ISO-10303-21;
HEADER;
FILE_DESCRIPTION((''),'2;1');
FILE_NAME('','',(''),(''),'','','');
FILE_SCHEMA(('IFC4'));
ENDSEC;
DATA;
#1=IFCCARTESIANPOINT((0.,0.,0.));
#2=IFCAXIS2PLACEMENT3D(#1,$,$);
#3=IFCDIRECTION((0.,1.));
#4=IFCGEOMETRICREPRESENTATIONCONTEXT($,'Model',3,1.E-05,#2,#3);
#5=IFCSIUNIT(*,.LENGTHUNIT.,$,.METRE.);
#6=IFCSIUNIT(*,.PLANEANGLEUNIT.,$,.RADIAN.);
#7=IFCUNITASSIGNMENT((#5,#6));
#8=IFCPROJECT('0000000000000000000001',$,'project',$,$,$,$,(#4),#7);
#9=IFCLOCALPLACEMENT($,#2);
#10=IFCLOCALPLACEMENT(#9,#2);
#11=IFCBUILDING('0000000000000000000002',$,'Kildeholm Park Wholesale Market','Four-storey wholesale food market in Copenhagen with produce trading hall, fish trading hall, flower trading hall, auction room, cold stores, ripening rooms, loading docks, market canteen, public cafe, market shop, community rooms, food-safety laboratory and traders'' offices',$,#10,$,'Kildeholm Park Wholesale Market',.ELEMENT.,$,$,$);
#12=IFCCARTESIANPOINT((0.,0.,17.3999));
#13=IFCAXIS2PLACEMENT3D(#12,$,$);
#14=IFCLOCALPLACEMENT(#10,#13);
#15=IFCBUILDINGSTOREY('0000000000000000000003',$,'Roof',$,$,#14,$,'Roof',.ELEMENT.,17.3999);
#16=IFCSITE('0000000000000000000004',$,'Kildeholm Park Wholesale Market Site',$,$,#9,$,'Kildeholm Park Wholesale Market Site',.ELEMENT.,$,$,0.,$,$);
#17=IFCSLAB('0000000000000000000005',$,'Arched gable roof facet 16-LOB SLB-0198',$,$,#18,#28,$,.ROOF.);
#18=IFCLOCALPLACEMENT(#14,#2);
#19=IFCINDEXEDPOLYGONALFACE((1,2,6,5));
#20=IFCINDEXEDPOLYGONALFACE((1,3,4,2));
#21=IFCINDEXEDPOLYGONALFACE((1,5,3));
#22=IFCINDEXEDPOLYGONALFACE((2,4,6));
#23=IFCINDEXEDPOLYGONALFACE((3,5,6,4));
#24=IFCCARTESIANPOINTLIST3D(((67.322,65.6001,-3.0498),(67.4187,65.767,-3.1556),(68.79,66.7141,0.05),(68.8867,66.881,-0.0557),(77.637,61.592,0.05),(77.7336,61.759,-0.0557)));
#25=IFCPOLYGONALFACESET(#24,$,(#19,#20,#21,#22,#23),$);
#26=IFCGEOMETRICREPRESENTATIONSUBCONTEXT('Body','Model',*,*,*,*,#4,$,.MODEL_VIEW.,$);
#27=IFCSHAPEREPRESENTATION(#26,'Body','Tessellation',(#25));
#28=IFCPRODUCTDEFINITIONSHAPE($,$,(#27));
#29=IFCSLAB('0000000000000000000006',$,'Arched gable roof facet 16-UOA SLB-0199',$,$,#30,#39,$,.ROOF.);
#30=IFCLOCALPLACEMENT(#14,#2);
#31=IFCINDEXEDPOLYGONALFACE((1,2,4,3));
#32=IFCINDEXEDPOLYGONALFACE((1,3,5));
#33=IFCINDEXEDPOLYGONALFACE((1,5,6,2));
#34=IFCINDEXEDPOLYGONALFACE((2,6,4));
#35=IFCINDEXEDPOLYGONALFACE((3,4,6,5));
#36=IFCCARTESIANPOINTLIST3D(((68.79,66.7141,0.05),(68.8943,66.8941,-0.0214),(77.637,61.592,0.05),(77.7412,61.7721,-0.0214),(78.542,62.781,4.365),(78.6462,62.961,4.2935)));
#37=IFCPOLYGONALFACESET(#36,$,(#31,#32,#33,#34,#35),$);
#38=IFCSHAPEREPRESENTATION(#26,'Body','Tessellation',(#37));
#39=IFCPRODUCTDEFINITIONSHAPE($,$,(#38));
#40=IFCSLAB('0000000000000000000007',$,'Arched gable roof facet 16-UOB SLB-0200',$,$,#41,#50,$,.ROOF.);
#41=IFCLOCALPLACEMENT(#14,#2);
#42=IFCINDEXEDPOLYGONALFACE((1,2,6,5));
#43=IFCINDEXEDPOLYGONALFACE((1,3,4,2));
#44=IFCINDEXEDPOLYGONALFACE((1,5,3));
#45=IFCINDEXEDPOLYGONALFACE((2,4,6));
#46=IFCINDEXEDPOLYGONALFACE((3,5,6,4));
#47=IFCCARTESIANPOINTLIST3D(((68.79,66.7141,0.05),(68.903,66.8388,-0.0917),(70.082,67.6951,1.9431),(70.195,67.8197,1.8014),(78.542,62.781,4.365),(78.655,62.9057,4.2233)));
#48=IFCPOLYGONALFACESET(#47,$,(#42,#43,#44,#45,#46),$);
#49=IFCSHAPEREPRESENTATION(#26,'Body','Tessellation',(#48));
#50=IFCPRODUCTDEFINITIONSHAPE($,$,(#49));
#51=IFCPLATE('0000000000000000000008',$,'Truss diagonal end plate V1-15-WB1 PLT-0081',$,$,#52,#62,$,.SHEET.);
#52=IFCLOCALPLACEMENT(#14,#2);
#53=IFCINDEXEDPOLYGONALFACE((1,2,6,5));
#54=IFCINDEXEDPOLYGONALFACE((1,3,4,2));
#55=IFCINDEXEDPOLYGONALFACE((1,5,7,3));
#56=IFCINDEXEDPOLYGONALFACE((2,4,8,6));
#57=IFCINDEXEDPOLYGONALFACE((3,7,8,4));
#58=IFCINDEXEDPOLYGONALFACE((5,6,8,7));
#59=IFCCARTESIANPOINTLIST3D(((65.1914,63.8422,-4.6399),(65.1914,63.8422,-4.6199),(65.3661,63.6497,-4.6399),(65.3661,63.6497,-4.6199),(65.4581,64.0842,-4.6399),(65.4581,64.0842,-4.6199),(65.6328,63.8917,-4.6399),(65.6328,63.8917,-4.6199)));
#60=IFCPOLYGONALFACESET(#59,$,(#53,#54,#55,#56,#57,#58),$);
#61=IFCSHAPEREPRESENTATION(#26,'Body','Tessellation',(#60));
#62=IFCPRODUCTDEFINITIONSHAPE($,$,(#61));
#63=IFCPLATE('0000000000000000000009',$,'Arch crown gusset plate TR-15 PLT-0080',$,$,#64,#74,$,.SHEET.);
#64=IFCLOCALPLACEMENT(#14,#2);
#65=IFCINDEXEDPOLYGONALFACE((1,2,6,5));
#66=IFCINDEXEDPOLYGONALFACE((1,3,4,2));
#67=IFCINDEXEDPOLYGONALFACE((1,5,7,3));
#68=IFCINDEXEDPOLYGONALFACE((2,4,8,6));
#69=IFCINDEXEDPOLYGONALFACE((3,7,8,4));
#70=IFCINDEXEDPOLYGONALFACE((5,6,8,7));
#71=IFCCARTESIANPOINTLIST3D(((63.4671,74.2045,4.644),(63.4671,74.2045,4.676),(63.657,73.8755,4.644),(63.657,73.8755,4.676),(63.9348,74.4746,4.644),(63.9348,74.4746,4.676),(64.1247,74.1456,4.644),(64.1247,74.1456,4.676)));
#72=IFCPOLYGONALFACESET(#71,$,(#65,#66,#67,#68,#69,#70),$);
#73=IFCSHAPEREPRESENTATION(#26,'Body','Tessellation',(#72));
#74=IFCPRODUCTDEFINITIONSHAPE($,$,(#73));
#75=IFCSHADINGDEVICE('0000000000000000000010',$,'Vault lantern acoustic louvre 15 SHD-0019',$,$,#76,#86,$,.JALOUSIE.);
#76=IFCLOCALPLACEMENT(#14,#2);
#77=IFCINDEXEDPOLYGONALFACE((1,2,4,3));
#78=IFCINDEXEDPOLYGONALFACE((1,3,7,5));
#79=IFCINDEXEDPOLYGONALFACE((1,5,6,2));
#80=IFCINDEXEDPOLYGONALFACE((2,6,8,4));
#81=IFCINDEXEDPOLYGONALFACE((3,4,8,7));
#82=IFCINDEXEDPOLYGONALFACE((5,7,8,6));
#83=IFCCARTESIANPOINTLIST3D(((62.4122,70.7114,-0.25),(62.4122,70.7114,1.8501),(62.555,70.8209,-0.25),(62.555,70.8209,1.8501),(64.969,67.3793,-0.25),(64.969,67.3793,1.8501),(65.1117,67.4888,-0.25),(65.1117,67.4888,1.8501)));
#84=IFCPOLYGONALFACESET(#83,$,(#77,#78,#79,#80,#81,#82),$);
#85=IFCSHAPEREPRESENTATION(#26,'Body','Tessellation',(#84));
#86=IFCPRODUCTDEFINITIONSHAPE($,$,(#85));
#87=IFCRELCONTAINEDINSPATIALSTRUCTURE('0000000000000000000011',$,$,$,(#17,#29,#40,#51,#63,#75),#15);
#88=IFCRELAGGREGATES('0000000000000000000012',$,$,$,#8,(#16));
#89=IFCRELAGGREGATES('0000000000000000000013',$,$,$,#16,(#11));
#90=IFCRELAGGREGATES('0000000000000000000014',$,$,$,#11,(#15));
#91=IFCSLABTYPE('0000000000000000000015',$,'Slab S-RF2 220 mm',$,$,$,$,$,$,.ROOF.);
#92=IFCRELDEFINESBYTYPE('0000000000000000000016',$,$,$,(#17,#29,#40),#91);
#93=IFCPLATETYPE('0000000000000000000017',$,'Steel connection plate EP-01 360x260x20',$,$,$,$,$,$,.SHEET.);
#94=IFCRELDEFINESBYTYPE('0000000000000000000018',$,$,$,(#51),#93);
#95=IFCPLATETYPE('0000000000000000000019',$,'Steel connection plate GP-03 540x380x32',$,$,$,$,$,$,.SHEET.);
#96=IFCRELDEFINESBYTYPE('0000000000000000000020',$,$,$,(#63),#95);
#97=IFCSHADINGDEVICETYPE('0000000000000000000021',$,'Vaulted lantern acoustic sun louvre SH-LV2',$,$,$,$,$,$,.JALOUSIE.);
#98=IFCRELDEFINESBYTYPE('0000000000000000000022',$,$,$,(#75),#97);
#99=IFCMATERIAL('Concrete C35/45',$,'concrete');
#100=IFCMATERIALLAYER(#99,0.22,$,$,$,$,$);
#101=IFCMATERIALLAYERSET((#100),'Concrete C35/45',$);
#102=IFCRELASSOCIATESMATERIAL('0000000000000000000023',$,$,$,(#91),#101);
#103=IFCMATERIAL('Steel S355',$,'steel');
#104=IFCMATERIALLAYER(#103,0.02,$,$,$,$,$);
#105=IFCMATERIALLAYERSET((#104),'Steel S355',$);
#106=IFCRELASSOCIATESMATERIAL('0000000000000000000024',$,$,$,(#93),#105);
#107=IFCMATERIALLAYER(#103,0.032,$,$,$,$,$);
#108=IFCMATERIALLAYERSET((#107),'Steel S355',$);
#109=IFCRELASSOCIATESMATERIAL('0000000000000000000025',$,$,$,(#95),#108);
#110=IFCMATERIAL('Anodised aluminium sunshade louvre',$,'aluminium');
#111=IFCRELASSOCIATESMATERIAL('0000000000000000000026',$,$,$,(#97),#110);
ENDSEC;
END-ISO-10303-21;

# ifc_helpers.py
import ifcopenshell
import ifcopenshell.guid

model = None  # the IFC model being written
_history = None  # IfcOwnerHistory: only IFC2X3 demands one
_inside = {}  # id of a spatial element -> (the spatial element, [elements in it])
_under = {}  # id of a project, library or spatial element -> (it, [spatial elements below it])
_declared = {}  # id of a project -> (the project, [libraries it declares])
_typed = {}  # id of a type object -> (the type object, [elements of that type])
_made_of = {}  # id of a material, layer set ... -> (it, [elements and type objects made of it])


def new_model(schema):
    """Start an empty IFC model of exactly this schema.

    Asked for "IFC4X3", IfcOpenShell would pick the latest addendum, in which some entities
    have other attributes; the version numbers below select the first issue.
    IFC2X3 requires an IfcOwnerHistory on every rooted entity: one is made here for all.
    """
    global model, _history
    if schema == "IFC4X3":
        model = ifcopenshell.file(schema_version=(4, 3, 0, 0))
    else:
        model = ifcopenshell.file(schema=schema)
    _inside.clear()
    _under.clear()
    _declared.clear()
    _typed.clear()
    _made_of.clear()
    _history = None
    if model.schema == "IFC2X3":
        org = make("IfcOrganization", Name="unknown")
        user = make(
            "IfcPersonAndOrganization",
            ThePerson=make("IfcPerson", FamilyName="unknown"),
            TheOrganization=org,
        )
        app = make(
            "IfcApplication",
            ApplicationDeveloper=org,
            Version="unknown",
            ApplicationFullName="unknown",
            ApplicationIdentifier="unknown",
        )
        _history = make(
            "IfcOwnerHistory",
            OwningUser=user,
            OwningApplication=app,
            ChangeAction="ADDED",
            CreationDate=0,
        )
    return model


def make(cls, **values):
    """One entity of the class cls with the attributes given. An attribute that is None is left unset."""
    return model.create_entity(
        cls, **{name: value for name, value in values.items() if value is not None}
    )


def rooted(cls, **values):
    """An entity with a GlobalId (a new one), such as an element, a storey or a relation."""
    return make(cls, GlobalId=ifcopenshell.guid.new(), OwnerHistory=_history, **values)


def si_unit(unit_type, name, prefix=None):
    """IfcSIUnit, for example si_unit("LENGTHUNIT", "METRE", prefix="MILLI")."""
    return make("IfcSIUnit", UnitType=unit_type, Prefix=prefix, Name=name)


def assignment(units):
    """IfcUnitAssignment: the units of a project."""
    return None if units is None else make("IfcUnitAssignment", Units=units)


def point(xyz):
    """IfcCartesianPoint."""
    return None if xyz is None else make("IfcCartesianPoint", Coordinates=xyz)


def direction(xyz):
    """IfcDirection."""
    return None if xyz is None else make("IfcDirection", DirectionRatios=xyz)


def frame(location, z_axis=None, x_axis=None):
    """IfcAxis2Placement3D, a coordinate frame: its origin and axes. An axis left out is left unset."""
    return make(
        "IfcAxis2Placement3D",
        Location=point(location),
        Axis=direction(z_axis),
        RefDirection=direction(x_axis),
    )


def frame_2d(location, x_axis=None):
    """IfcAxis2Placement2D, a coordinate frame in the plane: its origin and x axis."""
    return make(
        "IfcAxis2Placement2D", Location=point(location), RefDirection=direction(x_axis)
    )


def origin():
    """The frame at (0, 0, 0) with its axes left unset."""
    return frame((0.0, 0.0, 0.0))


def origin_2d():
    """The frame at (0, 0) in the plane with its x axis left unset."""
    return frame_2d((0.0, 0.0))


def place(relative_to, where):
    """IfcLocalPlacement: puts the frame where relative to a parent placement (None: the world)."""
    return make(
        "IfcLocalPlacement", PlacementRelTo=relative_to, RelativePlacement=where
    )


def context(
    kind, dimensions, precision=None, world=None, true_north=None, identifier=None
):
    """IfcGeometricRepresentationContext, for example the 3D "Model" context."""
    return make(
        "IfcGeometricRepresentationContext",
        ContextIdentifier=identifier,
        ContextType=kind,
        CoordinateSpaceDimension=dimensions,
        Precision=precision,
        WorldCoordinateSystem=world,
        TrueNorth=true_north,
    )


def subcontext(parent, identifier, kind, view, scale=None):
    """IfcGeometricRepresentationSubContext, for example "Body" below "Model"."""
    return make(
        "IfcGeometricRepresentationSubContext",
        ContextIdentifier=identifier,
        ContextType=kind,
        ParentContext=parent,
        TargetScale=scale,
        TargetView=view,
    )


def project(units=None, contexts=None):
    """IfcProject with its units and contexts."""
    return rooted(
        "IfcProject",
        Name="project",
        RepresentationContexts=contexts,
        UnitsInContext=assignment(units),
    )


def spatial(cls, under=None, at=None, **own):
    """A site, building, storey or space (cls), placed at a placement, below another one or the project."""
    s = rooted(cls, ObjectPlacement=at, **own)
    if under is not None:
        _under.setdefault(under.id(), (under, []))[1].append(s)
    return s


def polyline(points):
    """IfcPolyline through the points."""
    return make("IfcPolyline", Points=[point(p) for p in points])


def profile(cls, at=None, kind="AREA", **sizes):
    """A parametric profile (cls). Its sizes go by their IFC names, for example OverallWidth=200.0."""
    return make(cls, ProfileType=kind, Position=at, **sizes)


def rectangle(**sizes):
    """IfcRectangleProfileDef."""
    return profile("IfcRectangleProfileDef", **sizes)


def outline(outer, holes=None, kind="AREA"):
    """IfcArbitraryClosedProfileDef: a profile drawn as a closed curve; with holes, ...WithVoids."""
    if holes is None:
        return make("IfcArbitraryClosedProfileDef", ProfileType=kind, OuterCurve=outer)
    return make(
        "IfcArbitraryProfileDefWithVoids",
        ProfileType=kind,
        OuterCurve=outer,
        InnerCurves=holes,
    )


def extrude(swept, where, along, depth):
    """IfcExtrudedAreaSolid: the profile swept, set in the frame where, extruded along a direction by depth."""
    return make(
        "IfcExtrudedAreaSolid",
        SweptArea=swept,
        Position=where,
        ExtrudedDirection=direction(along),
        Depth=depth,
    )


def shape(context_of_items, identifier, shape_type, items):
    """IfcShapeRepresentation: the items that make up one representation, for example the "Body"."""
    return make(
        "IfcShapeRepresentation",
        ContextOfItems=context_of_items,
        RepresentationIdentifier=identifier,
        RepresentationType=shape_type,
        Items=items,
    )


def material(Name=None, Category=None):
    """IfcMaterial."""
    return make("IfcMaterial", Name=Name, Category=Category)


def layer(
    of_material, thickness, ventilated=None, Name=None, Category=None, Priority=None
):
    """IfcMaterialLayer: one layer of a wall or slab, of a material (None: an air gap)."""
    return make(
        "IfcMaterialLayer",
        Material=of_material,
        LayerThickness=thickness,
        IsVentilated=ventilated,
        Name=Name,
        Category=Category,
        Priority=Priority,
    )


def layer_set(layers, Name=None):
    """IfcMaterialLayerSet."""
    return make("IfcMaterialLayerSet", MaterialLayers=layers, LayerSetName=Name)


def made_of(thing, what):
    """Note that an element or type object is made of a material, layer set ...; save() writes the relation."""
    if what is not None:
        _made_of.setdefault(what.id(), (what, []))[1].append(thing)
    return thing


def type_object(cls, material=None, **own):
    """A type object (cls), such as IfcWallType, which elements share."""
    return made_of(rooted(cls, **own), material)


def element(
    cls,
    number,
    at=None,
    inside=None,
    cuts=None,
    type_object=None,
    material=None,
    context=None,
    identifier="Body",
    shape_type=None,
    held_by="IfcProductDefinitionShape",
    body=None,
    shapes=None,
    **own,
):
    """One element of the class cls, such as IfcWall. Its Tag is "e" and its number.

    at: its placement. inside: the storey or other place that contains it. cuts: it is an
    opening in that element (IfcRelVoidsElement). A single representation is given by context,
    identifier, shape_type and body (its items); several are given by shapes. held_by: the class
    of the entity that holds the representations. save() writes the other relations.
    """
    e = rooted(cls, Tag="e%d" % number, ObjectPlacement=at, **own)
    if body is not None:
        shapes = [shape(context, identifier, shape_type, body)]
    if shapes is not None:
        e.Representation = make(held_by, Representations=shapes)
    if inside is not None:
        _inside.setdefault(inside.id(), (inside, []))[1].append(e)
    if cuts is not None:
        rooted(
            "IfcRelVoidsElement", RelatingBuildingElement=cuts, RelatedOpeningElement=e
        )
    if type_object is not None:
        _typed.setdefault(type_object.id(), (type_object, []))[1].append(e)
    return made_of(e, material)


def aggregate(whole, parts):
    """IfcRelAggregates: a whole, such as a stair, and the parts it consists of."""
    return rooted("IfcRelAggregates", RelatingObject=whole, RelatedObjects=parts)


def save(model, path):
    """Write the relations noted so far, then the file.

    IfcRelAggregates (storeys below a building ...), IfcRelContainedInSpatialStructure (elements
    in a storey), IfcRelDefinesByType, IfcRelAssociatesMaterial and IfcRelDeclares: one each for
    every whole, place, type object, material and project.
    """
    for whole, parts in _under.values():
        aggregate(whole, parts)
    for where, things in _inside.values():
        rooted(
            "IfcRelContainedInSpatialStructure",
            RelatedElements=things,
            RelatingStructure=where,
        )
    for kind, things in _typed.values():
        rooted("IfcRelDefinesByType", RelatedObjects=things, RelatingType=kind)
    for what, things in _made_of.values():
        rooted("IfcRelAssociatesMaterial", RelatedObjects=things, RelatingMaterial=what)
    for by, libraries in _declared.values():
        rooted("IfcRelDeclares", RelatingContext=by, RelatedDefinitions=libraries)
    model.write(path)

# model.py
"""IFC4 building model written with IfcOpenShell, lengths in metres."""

from ifc_helpers import new_model, si_unit, direction, frame, origin, origin_2d, place, context, subcontext, project, spatial, polyline, rectangle, outline, extrude, material, layer, layer_set, type_object, element, save


model = new_model("IFC4")

# Units and contexts
model_context = context("Model", 3, precision=1e-05, world=origin(), true_north=direction((0.0, 1.0)))
body_context = subcontext(model_context, "Body", "Model", "MODEL_VIEW")
ifc_project = project(units=[si_unit("LENGTHUNIT", "METRE"), si_unit("PLANEANGLEUNIT", "RADIAN")], contexts=[model_context])

# Site, building, storey
site_placement = place(None, origin())
site = spatial("IfcSite", under=ifc_project, at=site_placement, Name="Kildeholm Park Wholesale Market Site", LongName="Kildeholm Park Wholesale Market Site", CompositionType="ELEMENT", RefElevation=0.0)
building_placement = place(site_placement, origin())
building = spatial("IfcBuilding", under=site, at=building_placement, Name="Kildeholm Park Wholesale Market", Description="Four-storey wholesale food market in Copenhagen with produce trading hall, fish trading hall, flower trading hall, auction room, cold stores, ripening rooms, loading docks, market canteen, public cafe, market shop, community rooms, food-safety laboratory and traders' offices", LongName="Kildeholm Park Wholesale Market", CompositionType="ELEMENT")
storey_placement = place(building_placement, frame((0.0, 0.0, 17.3999)))
storey = spatial("IfcBuildingStorey", under=building, at=storey_placement, Name="Roof", LongName="Roof", CompositionType="ELEMENT", Elevation=17.3999)

# Shared definitions
ifc_material_1 = material(Name="Steel S355", Category="steel")

# Slabs
ifc_material_2 = material(Name="Concrete C35/45", Category="concrete")
ifc_layer_1 = layer(ifc_material_2, 0.22)
ifc_layer_set_1 = layer_set([ifc_layer_1], Name="Concrete C35/45")
slab_type = type_object("IfcSlabType", Name="Slab S-RF2 220 mm", PredefinedType="ROOF", material=ifc_layer_set_1)
slab_1_placement = place(storey_placement, frame((67.322, 65.6001, -3.0498), z_axis=(-0.439342, -0.758839, 0.480771), x_axis=(0.897557, -0.348762, 0.269734)))
element("IfcSlab", 1, at=slab_1_placement, inside=storey, type_object=slab_type, Name="Arched gable roof facet 16-LOB SLB-0198", PredefinedType="ROOF", context=body_context, shape_type="SweptSolid", body=[
    extrude(outline(polyline([(0.0, 0.0), (11.4922, 0.0), (1.7652, 3.1447), (0.0, 0.0)])), origin(), (0.0, 0.0, -1.0), 0.22),
])
slab_2_placement = place(storey_placement, frame((68.79, 66.7141, 0.05), z_axis=(-0.473863, -0.818465, 0.324914), x_axis=(0.865419, -0.501049, 0.0)))
element("IfcSlab", 2, at=slab_2_placement, inside=storey, type_object=slab_type, Name="Arched gable roof facet 16-UOA SLB-0199", PredefinedType="ROOF", context=body_context, shape_type="SweptSolid", body=[
    extrude(outline(polyline([(0.0, 0.0), (10.2227, 0.0), (10.4102, 4.5625), (0.0, 0.0)])), origin(), (0.0, 0.0, -1.0), 0.22),
])
slab_3_placement = place(storey_placement, frame((68.79, 66.7141, 0.05), z_axis=(-0.513617, -0.566737, 0.644211), x_axis=(0.857985, -0.346038, 0.379632)))
element("IfcSlab", 3, at=slab_3_placement, inside=storey, type_object=slab_type, Name="Arched gable roof facet 16-UOB SLB-0200", PredefinedType="ROOF", context=body_context, shape_type="SweptSolid", body=[
    extrude(outline(polyline([(0.0, 0.0), (11.3661, 0.0), (1.4877, 2.0005), (0.0, 0.0)])), origin(), (0.0, 0.0, -1.0), 0.22),
])

# Plates
ifc_layer_2 = layer(ifc_material_1, 0.02)
ifc_layer_set_2 = layer_set([ifc_layer_2], Name="Steel S355")
plate_type_1 = type_object("IfcPlateType", Name="Steel connection plate EP-01 360x260x20", PredefinedType="SHEET", material=ifc_layer_set_2)
plate_1_placement = place(storey_placement, frame((65.4121, 63.8669, -4.6399), z_axis=(0.0, 0.0, 1.0), x_axis=(0.74057, 0.671979, 0.0)))
element("IfcPlate", 4, at=plate_1_placement, inside=storey, type_object=plate_type_1, Name="Truss diagonal end plate V1-15-WB1 PLT-0081", PredefinedType="SHEET", context=body_context, shape_type="SweptSolid", body=[
    extrude(rectangle(XDim=0.3601, YDim=0.26, at=origin_2d()), origin(), (0.0, 0.0, 1.0), 0.02),
])
ifc_layer_3 = layer(ifc_material_1, 0.032)
ifc_layer_set_3 = layer_set([ifc_layer_3], Name="Steel S355")
plate_type_2 = type_object("IfcPlateType", Name="Steel connection plate GP-03 540x380x32", PredefinedType="SHEET", material=ifc_layer_set_3)
plate_2_placement = place(storey_placement, frame((63.7959, 74.175, 4.644), z_axis=(0.0, 0.0, 1.0), x_axis=(-0.866025, -0.5, 0.0)))
element("IfcPlate", 5, at=plate_2_placement, inside=storey, type_object=plate_type_2, Name="Arch crown gusset plate TR-15 PLT-0080", PredefinedType="SHEET", context=body_context, shape_type="SweptSolid", body=[
    extrude(rectangle(XDim=0.54, YDim=0.3799, at=origin_2d()), origin(), (0.0, 0.0, 1.0), 0.032),
])

# Shading device
ifc_material_3 = material(Name="Anodised aluminium sunshade louvre", Category="aluminium")
shading_device_type = type_object("IfcShadingDeviceType", Name="Vaulted lantern acoustic sun louvre SH-LV2", PredefinedType="JALOUSIE", material=ifc_material_3)
shading_device_placement = place(storey_placement, frame((63.762, 69.1001, -0.25), z_axis=(0.0, 0.0, 1.0), x_axis=(0.608761, -0.793353, 0.0)))
element("IfcShadingDevice", 6, at=shading_device_placement, inside=storey, type_object=shading_device_type, Name="Vault lantern acoustic louvre 15 SHD-0019", PredefinedType="JALOUSIE", context=body_context, shape_type="SweptSolid", body=[
    extrude(rectangle(XDim=4.2, YDim=0.1799, at=origin_2d()), origin(), (0.0, 0.0, 1.0), 2.1001),
])

save(model, "model.ifc")
